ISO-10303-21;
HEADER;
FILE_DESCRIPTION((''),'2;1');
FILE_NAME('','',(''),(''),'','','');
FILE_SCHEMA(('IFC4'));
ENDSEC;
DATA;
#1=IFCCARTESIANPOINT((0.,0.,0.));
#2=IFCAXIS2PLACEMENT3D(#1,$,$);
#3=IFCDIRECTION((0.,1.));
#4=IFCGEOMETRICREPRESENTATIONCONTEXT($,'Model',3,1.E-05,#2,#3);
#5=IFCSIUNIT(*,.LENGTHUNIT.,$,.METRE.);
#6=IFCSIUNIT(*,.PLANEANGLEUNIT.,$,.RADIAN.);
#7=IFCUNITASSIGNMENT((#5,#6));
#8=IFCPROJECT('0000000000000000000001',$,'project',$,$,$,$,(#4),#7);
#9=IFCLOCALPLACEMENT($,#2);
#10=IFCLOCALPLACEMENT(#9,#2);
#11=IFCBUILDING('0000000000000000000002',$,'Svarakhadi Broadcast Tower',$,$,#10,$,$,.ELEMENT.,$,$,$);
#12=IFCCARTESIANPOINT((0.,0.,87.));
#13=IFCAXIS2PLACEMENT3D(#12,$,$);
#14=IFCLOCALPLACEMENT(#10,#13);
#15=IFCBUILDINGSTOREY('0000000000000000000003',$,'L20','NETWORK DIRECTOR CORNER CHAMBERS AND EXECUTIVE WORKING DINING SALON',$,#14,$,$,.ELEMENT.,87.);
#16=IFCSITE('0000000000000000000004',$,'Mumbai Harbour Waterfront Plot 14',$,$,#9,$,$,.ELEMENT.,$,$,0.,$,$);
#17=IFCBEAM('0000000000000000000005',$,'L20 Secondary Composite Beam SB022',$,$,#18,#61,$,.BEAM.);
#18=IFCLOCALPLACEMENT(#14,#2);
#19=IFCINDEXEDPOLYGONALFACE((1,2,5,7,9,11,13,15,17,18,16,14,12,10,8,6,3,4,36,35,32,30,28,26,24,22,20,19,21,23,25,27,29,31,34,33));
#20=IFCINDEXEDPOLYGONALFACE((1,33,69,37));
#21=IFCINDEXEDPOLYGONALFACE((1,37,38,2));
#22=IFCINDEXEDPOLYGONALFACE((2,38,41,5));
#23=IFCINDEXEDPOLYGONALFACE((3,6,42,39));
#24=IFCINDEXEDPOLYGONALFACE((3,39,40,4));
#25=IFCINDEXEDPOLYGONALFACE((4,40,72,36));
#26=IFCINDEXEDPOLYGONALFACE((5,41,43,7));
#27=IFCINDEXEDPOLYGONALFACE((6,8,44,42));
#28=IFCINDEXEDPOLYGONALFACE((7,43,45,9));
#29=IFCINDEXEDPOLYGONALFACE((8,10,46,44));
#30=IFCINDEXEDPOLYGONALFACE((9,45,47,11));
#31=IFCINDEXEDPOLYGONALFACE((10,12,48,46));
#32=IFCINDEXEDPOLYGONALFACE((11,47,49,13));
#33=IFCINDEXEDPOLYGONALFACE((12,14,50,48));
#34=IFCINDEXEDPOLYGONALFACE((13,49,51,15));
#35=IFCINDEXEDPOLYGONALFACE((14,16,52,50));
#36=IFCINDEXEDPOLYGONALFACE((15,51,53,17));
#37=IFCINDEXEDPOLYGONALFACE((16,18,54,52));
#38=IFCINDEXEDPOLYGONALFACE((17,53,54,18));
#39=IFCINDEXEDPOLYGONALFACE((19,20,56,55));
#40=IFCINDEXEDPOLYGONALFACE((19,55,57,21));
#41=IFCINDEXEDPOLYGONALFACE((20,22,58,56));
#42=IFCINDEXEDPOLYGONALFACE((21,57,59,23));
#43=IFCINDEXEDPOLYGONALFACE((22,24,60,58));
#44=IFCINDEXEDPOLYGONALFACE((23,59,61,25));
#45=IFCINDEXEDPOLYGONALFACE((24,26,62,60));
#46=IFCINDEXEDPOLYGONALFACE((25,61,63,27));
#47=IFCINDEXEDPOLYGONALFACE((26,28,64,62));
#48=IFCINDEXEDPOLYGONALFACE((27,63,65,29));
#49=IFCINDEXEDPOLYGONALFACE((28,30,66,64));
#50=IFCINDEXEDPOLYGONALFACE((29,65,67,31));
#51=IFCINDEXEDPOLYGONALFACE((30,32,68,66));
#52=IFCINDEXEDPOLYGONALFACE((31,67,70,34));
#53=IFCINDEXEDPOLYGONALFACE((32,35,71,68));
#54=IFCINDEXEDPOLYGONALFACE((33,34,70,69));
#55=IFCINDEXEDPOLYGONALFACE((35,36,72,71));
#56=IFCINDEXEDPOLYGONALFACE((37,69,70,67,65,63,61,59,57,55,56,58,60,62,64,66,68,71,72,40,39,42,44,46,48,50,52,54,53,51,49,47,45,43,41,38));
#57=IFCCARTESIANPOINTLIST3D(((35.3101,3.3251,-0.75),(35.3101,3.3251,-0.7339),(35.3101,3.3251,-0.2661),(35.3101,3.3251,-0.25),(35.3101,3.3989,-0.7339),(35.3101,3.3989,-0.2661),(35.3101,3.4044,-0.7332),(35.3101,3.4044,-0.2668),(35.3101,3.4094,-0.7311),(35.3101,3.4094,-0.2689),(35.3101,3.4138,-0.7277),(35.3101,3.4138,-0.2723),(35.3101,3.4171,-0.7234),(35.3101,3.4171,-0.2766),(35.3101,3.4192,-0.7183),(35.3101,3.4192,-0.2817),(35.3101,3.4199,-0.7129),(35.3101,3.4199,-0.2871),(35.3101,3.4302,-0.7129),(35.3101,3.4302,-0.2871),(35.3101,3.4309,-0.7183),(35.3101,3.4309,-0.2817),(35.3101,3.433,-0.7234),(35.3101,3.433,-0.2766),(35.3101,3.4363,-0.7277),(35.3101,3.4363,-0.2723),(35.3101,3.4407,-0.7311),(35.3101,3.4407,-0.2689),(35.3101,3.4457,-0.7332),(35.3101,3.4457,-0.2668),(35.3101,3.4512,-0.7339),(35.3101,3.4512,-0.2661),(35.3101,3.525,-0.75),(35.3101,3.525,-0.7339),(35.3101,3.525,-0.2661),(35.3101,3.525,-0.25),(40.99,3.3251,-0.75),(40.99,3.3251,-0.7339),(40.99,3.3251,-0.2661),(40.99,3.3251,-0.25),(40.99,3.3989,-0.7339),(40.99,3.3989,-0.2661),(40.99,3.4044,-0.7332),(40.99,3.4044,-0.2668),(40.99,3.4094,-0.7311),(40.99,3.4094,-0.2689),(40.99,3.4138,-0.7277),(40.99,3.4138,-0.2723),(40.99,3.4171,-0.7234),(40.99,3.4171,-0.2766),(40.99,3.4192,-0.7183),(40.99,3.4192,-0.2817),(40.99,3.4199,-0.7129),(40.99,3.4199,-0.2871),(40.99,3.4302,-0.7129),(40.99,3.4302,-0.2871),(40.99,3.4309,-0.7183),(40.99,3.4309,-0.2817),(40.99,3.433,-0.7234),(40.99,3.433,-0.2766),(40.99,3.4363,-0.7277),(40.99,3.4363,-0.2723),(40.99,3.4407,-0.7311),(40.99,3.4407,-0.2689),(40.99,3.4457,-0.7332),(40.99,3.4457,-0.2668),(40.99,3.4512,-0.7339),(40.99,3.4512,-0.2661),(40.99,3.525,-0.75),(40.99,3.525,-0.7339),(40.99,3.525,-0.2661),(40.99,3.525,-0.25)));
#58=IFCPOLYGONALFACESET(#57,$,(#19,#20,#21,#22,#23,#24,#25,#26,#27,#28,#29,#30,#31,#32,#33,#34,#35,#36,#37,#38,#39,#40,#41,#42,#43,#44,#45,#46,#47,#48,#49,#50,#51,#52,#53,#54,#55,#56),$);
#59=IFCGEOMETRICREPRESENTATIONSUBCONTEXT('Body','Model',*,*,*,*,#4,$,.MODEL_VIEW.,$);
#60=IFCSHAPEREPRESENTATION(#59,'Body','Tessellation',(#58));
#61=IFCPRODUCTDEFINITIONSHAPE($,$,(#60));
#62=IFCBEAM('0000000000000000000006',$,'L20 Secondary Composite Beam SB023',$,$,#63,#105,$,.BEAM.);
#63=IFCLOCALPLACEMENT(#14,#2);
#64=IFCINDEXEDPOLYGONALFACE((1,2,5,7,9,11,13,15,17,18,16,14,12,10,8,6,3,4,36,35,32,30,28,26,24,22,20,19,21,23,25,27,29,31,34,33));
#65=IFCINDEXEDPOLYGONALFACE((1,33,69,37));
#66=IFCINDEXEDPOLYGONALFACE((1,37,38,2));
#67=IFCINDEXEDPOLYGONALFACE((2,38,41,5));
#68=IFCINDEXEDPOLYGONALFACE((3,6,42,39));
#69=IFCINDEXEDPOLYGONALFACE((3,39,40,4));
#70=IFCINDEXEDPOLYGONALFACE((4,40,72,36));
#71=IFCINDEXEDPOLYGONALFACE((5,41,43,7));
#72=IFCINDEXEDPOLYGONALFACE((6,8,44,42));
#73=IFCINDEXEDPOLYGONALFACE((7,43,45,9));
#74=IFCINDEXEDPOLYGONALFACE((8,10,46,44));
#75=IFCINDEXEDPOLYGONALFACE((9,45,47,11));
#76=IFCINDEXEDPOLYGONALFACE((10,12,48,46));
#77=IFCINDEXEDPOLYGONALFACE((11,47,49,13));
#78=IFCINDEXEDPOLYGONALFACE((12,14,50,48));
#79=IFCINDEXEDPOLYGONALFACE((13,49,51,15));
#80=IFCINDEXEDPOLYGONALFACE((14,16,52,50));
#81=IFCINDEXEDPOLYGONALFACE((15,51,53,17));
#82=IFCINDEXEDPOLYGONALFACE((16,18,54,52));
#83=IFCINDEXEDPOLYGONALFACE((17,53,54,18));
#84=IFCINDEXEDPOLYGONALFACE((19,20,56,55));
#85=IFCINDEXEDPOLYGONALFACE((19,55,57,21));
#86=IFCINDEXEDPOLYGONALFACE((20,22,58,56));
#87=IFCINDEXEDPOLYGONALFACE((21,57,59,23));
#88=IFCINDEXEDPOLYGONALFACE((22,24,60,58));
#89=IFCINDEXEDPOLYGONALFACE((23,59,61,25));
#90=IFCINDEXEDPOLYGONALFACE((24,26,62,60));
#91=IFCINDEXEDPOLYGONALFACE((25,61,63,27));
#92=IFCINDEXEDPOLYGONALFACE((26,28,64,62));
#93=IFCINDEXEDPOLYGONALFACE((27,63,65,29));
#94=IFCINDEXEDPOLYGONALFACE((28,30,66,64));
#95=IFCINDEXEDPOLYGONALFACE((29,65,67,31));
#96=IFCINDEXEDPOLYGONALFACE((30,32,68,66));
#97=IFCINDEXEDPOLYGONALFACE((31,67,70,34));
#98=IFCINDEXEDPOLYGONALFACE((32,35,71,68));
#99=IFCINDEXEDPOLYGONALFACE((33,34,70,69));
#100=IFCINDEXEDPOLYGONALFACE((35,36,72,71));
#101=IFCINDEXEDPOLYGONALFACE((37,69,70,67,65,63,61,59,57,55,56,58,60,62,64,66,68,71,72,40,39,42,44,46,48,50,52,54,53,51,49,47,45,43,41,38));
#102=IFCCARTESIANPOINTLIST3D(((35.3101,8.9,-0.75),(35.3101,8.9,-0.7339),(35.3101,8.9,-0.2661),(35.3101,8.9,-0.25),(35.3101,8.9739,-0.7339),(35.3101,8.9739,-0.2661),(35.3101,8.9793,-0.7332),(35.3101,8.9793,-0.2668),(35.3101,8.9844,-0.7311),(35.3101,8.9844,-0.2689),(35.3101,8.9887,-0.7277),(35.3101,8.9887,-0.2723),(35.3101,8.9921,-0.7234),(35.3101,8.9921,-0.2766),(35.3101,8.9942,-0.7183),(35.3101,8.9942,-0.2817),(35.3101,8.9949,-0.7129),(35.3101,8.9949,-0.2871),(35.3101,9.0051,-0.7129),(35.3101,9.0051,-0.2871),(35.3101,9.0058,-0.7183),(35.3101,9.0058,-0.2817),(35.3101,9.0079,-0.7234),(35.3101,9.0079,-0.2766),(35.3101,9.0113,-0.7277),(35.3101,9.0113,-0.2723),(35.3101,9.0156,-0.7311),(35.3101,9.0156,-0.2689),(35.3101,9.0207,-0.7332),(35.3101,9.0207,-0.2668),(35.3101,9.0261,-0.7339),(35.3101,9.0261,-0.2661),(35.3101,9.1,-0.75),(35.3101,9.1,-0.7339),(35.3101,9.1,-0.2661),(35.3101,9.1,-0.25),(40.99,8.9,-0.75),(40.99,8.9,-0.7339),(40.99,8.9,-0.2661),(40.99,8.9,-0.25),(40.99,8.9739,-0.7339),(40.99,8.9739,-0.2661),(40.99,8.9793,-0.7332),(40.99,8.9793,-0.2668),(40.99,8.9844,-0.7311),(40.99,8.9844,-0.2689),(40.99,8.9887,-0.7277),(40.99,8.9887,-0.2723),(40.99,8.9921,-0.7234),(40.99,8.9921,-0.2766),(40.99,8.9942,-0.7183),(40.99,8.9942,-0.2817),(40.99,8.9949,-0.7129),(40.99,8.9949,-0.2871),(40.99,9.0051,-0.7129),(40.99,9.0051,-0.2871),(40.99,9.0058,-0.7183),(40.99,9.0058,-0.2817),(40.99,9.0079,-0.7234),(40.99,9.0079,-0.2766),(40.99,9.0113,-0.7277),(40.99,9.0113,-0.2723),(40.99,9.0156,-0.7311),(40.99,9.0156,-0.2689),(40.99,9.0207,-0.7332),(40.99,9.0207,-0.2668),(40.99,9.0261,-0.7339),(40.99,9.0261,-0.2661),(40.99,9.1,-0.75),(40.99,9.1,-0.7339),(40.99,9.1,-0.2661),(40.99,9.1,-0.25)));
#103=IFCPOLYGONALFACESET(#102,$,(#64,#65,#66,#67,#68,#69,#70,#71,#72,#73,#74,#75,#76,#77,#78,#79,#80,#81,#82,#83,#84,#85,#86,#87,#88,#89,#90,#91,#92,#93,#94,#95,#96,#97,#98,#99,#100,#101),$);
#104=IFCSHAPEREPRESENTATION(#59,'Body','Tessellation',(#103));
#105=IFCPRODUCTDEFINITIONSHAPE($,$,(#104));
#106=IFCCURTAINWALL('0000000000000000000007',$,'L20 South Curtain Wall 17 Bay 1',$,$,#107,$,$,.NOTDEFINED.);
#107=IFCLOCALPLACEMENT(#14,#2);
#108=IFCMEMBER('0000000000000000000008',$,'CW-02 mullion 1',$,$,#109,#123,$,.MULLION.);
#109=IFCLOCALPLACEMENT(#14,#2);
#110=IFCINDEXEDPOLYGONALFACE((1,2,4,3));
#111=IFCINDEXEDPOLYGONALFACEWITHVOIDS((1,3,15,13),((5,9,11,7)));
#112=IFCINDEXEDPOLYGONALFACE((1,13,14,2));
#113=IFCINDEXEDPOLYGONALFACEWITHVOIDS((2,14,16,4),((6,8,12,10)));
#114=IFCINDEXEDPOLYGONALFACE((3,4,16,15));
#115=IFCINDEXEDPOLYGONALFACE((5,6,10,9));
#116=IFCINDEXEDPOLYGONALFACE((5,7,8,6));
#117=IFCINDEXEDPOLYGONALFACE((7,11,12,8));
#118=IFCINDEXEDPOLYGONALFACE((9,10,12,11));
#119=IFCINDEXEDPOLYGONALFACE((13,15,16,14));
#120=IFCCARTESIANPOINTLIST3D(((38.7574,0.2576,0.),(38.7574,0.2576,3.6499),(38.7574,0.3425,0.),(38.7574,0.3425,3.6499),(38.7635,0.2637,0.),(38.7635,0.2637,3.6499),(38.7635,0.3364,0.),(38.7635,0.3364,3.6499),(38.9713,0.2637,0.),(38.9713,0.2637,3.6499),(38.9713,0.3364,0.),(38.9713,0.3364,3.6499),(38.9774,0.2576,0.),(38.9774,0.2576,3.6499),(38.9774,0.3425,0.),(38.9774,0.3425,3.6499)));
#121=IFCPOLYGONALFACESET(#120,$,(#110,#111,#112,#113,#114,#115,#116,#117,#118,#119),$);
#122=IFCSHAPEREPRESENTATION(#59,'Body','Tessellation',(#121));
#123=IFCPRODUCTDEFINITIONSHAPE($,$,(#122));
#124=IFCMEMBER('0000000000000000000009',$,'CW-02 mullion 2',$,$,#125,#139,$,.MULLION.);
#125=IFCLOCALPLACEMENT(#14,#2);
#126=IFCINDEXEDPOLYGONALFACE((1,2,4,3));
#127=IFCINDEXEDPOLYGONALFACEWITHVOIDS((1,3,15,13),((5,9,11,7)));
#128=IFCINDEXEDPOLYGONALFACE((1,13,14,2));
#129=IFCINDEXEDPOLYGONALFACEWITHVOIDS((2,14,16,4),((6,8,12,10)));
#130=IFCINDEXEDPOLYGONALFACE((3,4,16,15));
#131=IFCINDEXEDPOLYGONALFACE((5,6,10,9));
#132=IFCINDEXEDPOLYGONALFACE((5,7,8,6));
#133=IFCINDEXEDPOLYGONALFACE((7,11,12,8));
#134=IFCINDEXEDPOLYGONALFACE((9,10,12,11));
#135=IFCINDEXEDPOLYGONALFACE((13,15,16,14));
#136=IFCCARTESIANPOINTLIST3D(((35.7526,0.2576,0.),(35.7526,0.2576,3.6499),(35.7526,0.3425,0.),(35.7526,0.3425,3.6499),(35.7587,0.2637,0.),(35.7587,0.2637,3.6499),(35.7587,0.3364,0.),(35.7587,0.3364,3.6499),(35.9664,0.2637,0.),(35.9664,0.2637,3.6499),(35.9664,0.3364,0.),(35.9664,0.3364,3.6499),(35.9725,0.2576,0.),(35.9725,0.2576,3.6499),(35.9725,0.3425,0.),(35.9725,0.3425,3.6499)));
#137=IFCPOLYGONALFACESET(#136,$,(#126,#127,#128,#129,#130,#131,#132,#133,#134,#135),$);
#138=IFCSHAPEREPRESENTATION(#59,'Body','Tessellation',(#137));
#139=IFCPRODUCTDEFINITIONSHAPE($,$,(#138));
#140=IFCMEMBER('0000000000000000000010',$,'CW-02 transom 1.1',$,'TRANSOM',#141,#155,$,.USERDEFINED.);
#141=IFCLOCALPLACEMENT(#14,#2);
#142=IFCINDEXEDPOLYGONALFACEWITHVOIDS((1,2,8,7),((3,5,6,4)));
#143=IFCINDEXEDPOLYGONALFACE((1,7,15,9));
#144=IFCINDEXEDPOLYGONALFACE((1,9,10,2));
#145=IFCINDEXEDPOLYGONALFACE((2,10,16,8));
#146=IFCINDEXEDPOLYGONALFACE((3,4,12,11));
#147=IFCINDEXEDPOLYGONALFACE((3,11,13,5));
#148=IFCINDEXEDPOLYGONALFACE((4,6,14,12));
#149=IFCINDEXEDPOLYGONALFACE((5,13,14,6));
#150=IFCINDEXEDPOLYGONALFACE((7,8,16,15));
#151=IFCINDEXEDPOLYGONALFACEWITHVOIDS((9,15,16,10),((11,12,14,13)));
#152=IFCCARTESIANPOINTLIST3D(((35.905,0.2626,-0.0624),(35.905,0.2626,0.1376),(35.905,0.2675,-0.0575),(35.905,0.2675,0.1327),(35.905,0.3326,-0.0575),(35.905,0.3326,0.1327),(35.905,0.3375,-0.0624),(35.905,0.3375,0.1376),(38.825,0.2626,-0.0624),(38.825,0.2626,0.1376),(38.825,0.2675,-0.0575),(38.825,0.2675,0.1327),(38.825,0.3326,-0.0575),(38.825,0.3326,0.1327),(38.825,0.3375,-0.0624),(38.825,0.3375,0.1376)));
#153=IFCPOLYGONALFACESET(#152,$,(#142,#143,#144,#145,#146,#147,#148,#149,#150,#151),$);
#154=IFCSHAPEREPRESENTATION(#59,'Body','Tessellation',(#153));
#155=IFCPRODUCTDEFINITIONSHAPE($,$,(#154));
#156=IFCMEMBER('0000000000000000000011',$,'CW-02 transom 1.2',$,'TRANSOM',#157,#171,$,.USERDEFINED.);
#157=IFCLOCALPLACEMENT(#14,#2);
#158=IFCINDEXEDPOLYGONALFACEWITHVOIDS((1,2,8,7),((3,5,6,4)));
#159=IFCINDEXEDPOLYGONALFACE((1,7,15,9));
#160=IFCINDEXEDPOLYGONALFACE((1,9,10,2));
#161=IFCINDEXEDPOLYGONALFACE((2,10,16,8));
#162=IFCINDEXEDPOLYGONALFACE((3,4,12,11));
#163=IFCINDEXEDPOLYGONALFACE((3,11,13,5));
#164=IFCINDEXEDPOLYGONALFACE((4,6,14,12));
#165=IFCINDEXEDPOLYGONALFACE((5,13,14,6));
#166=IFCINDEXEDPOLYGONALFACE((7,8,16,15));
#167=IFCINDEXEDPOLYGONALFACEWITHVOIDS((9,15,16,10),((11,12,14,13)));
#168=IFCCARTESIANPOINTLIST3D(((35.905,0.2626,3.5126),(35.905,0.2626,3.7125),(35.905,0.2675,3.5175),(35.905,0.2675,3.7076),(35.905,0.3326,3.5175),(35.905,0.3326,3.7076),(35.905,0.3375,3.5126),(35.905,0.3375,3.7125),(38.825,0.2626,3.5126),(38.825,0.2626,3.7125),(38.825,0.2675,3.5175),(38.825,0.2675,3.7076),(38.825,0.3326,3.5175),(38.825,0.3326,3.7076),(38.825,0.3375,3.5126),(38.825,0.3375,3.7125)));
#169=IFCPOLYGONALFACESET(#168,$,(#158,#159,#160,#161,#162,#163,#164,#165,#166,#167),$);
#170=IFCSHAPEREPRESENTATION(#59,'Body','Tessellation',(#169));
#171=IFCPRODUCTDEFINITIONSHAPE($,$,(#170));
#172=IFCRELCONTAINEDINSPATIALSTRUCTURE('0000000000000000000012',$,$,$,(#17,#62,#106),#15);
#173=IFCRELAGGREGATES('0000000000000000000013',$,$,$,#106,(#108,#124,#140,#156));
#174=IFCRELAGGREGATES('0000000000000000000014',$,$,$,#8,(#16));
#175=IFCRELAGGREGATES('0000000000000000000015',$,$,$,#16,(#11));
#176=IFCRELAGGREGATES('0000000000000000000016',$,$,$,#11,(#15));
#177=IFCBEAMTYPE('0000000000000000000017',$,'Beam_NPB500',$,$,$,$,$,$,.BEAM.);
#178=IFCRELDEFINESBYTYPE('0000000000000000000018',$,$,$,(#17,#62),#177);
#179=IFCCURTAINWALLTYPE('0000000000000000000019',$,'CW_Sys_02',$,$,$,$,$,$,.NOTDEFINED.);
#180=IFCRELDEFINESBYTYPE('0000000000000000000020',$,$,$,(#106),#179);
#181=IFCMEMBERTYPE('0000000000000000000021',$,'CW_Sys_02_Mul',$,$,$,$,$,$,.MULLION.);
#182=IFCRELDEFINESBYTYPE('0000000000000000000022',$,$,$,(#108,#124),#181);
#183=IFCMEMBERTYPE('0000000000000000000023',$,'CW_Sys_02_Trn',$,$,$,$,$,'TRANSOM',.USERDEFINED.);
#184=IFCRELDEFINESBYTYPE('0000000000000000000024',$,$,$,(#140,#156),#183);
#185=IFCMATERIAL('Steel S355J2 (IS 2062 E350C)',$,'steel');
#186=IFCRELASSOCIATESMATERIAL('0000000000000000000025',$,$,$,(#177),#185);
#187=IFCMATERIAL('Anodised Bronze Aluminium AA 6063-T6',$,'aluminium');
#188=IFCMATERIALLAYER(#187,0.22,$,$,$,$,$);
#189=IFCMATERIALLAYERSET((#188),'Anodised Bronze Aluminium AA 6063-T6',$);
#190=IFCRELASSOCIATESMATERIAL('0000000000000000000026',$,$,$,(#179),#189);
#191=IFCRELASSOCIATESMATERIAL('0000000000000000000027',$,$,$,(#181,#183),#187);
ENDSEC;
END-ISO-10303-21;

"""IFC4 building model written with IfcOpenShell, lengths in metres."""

from ifc_helpers import new_model, si_unit, direction, frame, origin, origin_2d, place, context, subcontext, project, spatial, hollow_rectangle, i_section, extrude, material, layer, layer_set, material_profile, profile_set, type_object, element, aggregate, save


model = new_model("IFC4")

# Units and contexts
model_context = context("Model", 3, precision=1e-05, world=origin(), true_north=direction((0.0, 1.0)))
body_context = subcontext(model_context, "Body", "Model", "MODEL_VIEW")
ifc_project = project(units=[si_unit("LENGTHUNIT", "METRE"), si_unit("PLANEANGLEUNIT", "RADIAN")], contexts=[model_context])

# Site, building, storey
site_placement = place(None, origin())
site = spatial("IfcSite", under=ifc_project, at=site_placement, Name="Mumbai Harbour Waterfront Plot 14", CompositionType="ELEMENT", RefElevation=0.0)
building_placement = place(site_placement, origin())
building = spatial("IfcBuilding", under=site, at=building_placement, Name="Svarakhadi Broadcast Tower", CompositionType="ELEMENT")
storey_placement = place(building_placement, frame((0.0, 0.0, 87.0)))
storey = spatial("IfcBuildingStorey", under=building, at=storey_placement, Name="L20", Description="NETWORK DIRECTOR CORNER CHAMBERS AND EXECUTIVE WORKING DINING SALON", CompositionType="ELEMENT", Elevation=87.0)

# Beams
ifc_material_1 = material(Name="Steel S355J2 (IS 2062 E350C)", Category="steel")
ifc_material_profile_1 = material_profile(ifc_material_1, i_section(OverallWidth=0.2, OverallDepth=0.5, WebThickness=0.0103, FlangeThickness=0.0161, FilletRadius=0.021, at=origin_2d()), Name="NPB 500x200x91")
ifc_profile_set_1 = profile_set([ifc_material_profile_1], Name="Steel S355J2 (IS 2062 E350C)")
beam_type_1 = type_object("IfcBeamType", Name="Beam_NPB500", PredefinedType="BEAM", material=ifc_profile_set_1)
for number, where, z_axis, x_axis, name in (
    (1, (35.3101, 3.425, -0.5), (1.0, 0.0, 0.0), (0.0, 1.0, 0.0), "L20 Secondary Composite Beam SB022"),
    (2, (35.3101, 9.0, -0.5), (1.0, 0.0, 0.0), (0.0, 1.0, 0.0), "L20 Secondary Composite Beam SB023"),
):
    element("IfcBeam", number, at=place(storey_placement, frame(where, z_axis=z_axis, x_axis=x_axis)), inside=storey, type_object=beam_type_1, Name=name, PredefinedType="BEAM", context=body_context, shape_type="SweptSolid", body=[
        extrude(i_section(OverallWidth=0.2, OverallDepth=0.5, WebThickness=0.0103, FlangeThickness=0.0161, FilletRadius=0.021, at=origin_2d()), origin(), (0.0, 0.0, 1.0), 5.6799),
    ])

# Curtain wall, members
ifc_material_2 = material(Name="Anodised Bronze Aluminium AA 6063-T6", Category="aluminium")
ifc_layer_1 = layer(ifc_material_2, 0.22)
ifc_layer_set_1 = layer_set([ifc_layer_1], Name="Anodised Bronze Aluminium AA 6063-T6")
curtain_wall_type = type_object("IfcCurtainWallType", Name="CW_Sys_02", PredefinedType="NOTDEFINED", material=ifc_layer_set_1)
curtain_wall_placement = place(storey_placement, origin())
curtain_wall = element("IfcCurtainWall", 3, at=curtain_wall_placement, inside=storey, type_object=curtain_wall_type, Name="L20 South Curtain Wall 17 Bay 1", PredefinedType="NOTDEFINED")
ifc_material_profile_2 = material_profile(ifc_material_2, hollow_rectangle(XDim=0.085, YDim=0.22, WallThickness=0.0061, at=origin_2d()), Name="ALU MULLION 220x85x6")
ifc_profile_set_2 = profile_set([ifc_material_profile_2], Name="Anodised Bronze Aluminium AA 6063-T6")
member_type_1 = type_object("IfcMemberType", Name="CW_Sys_02_Mul", PredefinedType="MULLION", material=ifc_profile_set_2)
member_1_placement = place(storey_placement, frame((38.8674, 0.3, 0.0), z_axis=(0.0, 0.0, 1.0), x_axis=(0.0, -1.0, 0.0)))
member_1 = element("IfcMember", 4, at=member_1_placement, type_object=member_type_1, Name="CW-02 mullion 1", PredefinedType="MULLION", context=body_context, shape_type="SweptSolid", body=[
    extrude(hollow_rectangle(XDim=0.085, YDim=0.22, WallThickness=0.0061, at=origin_2d()), origin(), (0.0, 0.0, 1.0), 3.6499),
])
member_2_placement = place(storey_placement, frame((35.8625, 0.3, 0.0), z_axis=(0.0, 0.0, 1.0), x_axis=(0.0, -1.0, 0.0)))
member_2 = element("IfcMember", 5, at=member_2_placement, type_object=member_type_1, Name="CW-02 mullion 2", PredefinedType="MULLION", context=body_context, shape_type="SweptSolid", body=[
    extrude(hollow_rectangle(XDim=0.085, YDim=0.22, WallThickness=0.0061, at=origin_2d()), origin(), (0.0, 0.0, 1.0), 3.6499),
])
ifc_material_profile_3 = material_profile(ifc_material_2, hollow_rectangle(XDim=0.075, YDim=0.2, WallThickness=0.0049, at=origin_2d()), Name="ALU TRANSOM 200x75x5")
ifc_profile_set_3 = profile_set([ifc_material_profile_3], Name="Anodised Bronze Aluminium AA 6063-T6")
member_type_2 = type_object("IfcMemberType", Name="CW_Sys_02_Trn", ElementType="TRANSOM", PredefinedType="USERDEFINED", material=ifc_profile_set_3)
member_3_placement = place(storey_placement, frame((38.825, 0.3, 0.0376), z_axis=(-1.0, 0.0, 0.0), x_axis=(0.0, -1.0, 0.0)))
member_3 = element("IfcMember", 6, at=member_3_placement, type_object=member_type_2, Name="CW-02 transom 1.1", ObjectType="TRANSOM", PredefinedType="USERDEFINED", context=body_context, shape_type="SweptSolid", body=[
    extrude(hollow_rectangle(XDim=0.075, YDim=0.2, WallThickness=0.0049, at=origin_2d()), origin(), (0.0, 0.0, 1.0), 2.9199),
])
member_4_placement = place(storey_placement, frame((38.825, 0.3, 3.6125), z_axis=(-1.0, 0.0, 0.0), x_axis=(0.0, -1.0, 0.0)))
member_4 = element("IfcMember", 7, at=member_4_placement, type_object=member_type_2, Name="CW-02 transom 1.2", ObjectType="TRANSOM", PredefinedType="USERDEFINED", context=body_context, shape_type="SweptSolid", body=[
    extrude(hollow_rectangle(XDim=0.075, YDim=0.2, WallThickness=0.0049, at=origin_2d()), origin(), (0.0, 0.0, 1.0), 2.9199),
])

aggregate(curtain_wall, [member_1, member_2, member_3, member_4])

save(model, "model.ifc")
